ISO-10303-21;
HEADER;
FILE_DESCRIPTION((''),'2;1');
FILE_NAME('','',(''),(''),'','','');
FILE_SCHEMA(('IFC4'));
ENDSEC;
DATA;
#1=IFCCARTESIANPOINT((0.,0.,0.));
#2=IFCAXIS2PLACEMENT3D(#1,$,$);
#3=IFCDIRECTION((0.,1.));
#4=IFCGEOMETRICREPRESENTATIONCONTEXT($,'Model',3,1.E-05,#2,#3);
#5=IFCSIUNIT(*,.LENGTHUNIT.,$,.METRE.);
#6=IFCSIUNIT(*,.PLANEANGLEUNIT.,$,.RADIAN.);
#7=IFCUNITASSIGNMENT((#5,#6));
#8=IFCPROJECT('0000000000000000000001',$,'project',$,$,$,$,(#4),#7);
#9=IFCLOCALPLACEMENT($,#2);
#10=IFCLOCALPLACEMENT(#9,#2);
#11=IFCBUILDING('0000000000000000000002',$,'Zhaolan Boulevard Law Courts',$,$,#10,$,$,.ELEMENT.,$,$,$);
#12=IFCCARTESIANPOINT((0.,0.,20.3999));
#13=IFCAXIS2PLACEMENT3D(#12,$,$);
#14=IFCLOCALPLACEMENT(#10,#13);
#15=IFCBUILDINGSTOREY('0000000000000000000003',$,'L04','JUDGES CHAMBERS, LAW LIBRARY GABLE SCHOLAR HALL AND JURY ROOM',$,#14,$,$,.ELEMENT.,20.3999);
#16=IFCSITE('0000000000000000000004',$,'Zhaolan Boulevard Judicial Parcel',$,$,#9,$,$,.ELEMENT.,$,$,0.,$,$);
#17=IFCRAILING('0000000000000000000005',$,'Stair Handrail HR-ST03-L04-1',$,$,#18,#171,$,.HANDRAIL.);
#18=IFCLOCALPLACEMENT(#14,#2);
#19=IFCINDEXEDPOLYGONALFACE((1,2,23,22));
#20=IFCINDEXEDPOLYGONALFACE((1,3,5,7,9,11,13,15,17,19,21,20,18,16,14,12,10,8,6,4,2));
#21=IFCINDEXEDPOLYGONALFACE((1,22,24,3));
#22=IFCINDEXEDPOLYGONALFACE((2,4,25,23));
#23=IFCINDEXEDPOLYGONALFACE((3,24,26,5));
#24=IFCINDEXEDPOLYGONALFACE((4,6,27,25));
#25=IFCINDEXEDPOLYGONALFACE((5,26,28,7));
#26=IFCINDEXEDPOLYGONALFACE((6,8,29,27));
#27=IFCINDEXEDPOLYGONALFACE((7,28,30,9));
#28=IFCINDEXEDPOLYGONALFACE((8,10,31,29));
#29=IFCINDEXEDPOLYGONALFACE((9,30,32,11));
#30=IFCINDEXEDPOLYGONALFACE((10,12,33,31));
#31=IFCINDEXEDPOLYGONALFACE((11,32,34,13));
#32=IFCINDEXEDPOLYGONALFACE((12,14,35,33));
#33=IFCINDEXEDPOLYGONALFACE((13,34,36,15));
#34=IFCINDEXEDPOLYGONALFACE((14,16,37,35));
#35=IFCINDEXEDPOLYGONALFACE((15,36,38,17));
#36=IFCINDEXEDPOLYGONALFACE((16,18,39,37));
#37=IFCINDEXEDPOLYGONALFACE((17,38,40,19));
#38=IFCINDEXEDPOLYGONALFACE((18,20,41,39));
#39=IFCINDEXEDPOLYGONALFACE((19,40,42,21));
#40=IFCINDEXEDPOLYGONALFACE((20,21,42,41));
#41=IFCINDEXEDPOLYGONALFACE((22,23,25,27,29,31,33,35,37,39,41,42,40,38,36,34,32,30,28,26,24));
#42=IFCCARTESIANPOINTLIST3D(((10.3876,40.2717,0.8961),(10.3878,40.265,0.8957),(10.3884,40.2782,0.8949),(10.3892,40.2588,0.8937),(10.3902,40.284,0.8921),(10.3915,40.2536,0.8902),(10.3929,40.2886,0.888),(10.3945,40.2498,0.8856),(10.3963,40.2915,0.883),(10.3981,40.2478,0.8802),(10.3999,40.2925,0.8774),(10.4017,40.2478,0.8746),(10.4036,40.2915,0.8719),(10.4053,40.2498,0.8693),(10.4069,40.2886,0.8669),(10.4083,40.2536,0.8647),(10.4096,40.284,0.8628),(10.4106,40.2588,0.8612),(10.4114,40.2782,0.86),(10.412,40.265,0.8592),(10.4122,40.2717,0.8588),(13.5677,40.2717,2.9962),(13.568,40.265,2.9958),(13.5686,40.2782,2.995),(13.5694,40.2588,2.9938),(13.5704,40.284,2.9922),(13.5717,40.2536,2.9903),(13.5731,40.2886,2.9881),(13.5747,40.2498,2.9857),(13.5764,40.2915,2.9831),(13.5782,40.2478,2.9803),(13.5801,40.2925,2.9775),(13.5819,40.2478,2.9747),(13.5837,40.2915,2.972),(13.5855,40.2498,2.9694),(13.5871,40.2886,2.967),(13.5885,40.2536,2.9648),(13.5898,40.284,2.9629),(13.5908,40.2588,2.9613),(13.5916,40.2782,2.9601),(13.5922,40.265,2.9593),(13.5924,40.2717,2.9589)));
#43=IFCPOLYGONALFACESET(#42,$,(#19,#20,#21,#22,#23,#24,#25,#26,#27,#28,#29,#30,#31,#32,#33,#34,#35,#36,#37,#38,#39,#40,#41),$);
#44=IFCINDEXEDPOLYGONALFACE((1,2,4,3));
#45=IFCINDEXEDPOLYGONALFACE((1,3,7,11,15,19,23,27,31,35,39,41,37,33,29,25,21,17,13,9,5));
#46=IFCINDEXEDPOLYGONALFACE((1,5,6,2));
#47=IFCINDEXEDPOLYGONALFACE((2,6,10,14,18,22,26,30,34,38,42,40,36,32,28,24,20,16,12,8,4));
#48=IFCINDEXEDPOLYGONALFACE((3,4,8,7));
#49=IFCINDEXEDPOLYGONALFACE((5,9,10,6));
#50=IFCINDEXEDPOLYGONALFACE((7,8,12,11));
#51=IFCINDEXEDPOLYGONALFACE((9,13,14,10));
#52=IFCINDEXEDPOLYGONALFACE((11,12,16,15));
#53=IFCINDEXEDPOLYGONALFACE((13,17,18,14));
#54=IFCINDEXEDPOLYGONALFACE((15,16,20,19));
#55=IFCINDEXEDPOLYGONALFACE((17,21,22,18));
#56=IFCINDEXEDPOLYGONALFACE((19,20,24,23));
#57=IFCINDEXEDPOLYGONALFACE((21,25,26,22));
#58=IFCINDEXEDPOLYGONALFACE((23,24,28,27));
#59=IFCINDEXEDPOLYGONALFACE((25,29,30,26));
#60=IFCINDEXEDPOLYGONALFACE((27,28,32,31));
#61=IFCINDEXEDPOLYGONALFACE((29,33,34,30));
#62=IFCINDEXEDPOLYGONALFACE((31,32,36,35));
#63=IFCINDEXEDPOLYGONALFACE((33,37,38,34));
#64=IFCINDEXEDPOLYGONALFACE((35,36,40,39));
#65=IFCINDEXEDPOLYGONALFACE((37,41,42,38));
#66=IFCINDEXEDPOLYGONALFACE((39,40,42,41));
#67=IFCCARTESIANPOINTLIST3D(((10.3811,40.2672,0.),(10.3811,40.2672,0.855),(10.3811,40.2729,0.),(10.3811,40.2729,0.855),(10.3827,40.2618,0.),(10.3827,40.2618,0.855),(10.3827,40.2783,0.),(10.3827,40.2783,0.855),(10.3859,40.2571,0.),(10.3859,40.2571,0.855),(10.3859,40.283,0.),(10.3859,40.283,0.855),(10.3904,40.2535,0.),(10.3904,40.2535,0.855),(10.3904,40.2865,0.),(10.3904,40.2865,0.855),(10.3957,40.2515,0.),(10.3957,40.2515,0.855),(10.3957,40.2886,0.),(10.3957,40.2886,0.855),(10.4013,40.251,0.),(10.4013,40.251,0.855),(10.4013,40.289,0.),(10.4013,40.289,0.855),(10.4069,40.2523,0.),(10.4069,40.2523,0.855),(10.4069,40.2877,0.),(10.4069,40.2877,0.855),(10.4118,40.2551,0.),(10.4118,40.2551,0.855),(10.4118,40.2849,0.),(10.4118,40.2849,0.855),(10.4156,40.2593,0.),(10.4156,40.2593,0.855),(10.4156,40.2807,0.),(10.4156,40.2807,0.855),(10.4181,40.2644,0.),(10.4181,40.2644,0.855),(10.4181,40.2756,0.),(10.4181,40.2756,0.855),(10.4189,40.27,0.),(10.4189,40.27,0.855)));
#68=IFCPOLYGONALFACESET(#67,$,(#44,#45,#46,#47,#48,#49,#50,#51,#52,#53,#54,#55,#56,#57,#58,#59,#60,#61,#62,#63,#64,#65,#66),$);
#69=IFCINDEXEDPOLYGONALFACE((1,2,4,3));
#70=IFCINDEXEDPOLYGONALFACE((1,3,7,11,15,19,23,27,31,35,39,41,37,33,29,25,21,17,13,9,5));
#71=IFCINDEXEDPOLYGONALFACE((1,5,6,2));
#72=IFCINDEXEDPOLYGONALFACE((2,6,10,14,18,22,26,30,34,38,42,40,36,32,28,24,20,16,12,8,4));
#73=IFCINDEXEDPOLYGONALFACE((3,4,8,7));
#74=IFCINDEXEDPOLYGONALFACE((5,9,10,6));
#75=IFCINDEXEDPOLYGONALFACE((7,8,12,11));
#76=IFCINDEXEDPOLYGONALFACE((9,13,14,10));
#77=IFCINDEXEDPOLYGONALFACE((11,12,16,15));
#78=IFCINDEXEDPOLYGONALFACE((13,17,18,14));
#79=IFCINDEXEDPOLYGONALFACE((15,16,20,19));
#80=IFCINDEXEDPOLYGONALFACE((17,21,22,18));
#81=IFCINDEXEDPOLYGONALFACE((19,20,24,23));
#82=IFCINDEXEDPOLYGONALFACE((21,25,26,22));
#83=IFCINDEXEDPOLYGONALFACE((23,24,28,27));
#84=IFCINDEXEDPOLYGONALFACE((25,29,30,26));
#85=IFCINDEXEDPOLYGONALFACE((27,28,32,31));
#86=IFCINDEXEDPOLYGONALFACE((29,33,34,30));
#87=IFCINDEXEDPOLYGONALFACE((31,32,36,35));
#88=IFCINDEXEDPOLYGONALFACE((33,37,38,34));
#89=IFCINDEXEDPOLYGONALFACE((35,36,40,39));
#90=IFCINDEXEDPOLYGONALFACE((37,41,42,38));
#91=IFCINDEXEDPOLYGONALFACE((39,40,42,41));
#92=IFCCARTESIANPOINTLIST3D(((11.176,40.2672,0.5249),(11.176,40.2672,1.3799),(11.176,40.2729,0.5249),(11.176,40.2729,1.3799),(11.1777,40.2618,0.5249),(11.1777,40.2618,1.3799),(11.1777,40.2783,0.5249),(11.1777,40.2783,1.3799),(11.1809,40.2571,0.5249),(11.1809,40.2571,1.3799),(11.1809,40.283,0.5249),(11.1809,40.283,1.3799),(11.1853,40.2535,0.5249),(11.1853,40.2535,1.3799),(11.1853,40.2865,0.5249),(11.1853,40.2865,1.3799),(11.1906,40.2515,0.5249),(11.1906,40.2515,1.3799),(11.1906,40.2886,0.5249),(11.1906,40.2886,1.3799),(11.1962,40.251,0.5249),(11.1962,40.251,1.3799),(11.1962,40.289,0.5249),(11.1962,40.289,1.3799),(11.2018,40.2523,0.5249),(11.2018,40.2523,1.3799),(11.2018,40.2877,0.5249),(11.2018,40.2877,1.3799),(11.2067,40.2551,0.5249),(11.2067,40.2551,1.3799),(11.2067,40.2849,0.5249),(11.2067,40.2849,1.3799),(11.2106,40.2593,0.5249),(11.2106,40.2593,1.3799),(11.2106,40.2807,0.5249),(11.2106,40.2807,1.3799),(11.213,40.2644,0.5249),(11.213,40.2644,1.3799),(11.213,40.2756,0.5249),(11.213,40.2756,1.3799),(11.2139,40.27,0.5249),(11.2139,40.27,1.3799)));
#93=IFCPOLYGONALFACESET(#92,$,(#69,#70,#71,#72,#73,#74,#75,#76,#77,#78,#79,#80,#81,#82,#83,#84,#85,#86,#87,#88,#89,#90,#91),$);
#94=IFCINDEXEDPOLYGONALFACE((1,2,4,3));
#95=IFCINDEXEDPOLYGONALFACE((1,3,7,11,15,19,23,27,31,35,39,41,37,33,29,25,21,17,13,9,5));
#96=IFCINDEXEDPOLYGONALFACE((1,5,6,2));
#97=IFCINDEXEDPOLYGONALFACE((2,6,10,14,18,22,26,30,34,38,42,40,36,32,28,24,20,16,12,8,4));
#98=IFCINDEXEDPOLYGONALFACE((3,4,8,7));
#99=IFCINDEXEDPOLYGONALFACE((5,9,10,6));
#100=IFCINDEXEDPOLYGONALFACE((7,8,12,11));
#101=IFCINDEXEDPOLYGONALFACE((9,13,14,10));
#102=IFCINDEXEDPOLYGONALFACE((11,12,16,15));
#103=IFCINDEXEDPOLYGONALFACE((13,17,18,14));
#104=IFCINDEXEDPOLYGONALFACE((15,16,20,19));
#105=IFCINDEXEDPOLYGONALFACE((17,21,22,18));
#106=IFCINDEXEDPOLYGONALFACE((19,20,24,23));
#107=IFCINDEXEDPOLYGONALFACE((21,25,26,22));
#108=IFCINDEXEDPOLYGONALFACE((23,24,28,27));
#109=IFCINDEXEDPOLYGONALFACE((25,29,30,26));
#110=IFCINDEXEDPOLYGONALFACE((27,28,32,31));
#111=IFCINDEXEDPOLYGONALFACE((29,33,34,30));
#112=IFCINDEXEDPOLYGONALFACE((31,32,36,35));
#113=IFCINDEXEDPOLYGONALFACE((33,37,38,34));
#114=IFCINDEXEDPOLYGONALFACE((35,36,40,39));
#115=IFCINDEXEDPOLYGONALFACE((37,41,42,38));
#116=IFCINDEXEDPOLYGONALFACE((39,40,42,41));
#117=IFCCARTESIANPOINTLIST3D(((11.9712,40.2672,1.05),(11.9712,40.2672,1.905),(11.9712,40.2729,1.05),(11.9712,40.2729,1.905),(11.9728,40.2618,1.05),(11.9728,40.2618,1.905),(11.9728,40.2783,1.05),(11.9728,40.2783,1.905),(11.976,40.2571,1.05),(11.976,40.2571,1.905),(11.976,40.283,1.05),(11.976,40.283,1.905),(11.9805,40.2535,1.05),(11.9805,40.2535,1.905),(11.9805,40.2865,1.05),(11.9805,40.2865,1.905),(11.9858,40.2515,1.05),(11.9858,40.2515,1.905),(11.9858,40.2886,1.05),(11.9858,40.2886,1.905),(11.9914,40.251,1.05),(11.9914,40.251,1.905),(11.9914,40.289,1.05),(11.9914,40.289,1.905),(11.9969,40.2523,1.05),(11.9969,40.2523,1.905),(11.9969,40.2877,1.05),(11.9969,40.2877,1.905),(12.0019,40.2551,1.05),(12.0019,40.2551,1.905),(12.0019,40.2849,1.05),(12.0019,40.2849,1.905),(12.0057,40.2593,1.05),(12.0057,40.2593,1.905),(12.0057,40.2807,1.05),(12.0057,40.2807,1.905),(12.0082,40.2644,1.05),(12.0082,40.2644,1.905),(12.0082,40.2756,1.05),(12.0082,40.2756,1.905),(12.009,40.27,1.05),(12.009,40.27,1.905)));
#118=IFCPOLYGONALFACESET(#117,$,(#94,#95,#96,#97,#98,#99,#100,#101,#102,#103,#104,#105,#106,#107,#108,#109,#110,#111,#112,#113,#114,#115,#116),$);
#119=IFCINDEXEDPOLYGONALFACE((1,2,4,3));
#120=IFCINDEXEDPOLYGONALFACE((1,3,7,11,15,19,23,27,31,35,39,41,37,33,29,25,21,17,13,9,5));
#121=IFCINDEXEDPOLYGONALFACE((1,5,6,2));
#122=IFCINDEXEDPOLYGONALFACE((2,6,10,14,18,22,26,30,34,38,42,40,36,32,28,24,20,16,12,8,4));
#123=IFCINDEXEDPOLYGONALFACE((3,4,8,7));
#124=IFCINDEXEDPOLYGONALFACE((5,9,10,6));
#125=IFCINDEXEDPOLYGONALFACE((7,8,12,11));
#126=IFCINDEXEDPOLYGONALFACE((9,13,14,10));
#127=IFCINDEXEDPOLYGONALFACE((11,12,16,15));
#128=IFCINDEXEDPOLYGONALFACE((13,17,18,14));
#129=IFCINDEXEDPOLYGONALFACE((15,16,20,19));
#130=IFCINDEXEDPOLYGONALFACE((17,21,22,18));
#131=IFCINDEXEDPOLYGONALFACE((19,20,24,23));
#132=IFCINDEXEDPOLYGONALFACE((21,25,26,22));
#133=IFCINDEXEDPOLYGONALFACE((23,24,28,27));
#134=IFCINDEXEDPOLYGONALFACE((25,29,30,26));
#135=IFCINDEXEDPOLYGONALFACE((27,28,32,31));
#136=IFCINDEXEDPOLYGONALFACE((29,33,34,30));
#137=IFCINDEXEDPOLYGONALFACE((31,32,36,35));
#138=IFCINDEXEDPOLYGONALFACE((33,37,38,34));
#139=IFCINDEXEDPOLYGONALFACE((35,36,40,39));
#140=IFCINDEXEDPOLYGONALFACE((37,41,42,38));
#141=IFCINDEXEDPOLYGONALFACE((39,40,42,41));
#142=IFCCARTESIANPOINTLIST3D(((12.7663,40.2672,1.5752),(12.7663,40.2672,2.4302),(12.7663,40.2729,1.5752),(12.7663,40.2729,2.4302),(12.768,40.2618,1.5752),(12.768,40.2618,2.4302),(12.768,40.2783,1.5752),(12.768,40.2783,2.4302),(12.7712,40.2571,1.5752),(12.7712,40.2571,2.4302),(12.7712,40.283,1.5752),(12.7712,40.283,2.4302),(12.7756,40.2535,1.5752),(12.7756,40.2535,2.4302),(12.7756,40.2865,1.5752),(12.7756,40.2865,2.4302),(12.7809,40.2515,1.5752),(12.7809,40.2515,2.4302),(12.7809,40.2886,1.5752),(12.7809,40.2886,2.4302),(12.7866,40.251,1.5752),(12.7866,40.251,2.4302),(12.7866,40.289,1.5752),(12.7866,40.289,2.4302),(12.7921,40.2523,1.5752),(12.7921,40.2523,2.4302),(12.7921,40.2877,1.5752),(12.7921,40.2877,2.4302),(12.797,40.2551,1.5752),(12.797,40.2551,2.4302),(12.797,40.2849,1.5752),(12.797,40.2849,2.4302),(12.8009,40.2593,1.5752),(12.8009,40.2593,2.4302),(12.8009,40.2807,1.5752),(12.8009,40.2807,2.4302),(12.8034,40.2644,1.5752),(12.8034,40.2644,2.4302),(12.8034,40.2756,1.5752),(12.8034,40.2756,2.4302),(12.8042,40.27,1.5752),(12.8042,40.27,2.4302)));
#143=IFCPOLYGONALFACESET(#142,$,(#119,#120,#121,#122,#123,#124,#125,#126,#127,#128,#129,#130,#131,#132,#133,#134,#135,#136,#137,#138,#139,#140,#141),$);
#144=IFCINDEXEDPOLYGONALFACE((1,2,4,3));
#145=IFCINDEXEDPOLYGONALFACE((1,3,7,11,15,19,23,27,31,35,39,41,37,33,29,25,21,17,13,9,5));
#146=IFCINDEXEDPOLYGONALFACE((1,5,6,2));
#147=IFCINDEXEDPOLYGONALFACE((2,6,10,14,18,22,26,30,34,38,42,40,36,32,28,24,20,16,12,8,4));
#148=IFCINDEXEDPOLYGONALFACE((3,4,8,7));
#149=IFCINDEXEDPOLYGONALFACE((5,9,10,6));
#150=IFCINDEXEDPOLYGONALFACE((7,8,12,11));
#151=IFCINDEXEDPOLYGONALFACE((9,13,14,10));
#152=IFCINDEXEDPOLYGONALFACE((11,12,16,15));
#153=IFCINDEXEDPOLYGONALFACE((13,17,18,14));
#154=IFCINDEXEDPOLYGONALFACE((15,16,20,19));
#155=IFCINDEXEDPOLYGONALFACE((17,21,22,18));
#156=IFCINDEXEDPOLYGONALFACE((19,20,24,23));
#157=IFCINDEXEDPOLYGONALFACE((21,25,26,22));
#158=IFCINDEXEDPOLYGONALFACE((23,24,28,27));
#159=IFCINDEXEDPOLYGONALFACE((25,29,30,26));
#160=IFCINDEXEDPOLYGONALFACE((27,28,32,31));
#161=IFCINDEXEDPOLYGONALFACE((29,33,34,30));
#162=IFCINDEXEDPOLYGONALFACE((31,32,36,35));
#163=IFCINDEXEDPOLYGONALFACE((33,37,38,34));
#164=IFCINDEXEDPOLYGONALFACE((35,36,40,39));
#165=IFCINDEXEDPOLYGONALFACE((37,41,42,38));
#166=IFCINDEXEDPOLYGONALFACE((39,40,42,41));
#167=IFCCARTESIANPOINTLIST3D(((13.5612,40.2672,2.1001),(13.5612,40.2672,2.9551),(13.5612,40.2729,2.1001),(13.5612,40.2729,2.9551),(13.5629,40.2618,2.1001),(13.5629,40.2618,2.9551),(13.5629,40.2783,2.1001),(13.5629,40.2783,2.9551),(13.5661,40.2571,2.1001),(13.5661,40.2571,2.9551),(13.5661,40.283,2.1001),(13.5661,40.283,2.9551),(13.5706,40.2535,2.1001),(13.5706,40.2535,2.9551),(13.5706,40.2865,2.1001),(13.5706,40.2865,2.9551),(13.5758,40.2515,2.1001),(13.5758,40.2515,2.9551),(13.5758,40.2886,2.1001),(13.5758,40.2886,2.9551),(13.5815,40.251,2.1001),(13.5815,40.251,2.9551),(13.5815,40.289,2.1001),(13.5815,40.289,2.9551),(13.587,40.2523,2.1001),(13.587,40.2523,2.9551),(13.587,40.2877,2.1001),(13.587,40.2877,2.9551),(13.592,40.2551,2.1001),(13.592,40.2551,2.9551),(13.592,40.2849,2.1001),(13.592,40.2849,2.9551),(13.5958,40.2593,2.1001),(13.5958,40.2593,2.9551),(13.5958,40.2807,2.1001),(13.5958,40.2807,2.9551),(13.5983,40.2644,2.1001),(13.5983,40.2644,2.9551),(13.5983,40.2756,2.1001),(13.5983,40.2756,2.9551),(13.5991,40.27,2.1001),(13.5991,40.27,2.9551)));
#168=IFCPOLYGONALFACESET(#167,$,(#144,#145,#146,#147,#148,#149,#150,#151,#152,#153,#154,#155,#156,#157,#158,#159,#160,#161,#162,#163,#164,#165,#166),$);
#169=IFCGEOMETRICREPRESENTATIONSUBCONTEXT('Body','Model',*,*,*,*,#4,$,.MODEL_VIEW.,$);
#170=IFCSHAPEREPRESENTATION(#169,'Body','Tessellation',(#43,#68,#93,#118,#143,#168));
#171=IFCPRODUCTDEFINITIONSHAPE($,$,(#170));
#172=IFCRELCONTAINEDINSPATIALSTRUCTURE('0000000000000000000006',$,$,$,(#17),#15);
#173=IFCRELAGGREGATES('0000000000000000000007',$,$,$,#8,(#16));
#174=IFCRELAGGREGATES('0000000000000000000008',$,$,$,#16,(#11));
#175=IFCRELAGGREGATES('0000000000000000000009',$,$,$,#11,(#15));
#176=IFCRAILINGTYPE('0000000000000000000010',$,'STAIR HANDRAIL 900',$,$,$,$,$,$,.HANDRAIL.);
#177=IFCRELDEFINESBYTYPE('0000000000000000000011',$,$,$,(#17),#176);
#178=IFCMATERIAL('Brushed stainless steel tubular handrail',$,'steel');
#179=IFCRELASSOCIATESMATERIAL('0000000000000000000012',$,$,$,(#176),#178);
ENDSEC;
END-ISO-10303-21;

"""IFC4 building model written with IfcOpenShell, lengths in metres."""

from ifc_helpers import new_model, si_unit, direction, frame, origin, origin_2d, place, context, subcontext, project, spatial, circle, extrude, material, type_object, element, save


model = new_model("IFC4")

# Units and contexts
model_context = context("Model", 3, precision=1e-05, world=origin(), true_north=direction((0.0, 1.0)))
body_context = subcontext(model_context, "Body", "Model", "MODEL_VIEW")
ifc_project = project(units=[si_unit("LENGTHUNIT", "METRE"), si_unit("PLANEANGLEUNIT", "RADIAN")], contexts=[model_context])

# Site, building, storey
site_placement = place(None, origin())
site = spatial("IfcSite", under=ifc_project, at=site_placement, Name="Zhaolan Boulevard Judicial Parcel", CompositionType="ELEMENT", RefElevation=0.0)
building_placement = place(site_placement, origin())
building = spatial("IfcBuilding", under=site, at=building_placement, Name="Zhaolan Boulevard Law Courts", CompositionType="ELEMENT")
storey_placement = place(building_placement, frame((0.0, 0.0, 20.3999)))
storey = spatial("IfcBuildingStorey", under=building, at=storey_placement, Name="L04", Description="JUDGES CHAMBERS, LAW LIBRARY GABLE SCHOLAR HALL AND JURY ROOM", CompositionType="ELEMENT", Elevation=20.3999)

# Railing
ifc_material_1 = material(Name="Brushed stainless steel tubular handrail", Category="steel")
railing_type_1 = type_object("IfcRailingType", Name="STAIR HANDRAIL 900", PredefinedType="HANDRAIL", material=ifc_material_1)
railing_1_placement = place(storey_placement, frame((10.3999, 40.27, 0.0)))
element("IfcRailing", 1, at=railing_1_placement, inside=storey, type_object=railing_type_1, Name="Stair Handrail HR-ST03-L04-1", PredefinedType="HANDRAIL", context=body_context, shape_type="SweptSolid", body=[
    extrude(circle(Radius=0.0225, at=origin_2d()), frame((0.0, 0.0, 0.8774), z_axis=(0.834467, 0.0, 0.551058), x_axis=(0.0, 1.0, 0.0)), (0.0, 0.0, 1.0), 3.811),
    extrude(circle(Radius=0.019, at=origin_2d()), origin(), (0.0, 0.0, 1.0), 0.855),
    extrude(circle(Radius=0.019, at=origin_2d()), frame((0.7949, 0.0, 0.5249)), (0.0, 0.0, 1.0), 0.855),
    extrude(circle(Radius=0.019, at=origin_2d()), frame((1.5901, 0.0, 1.05)), (0.0, 0.0, 1.0), 0.855),
    extrude(circle(Radius=0.019, at=origin_2d()), frame((2.3853, 0.0, 1.5752)), (0.0, 0.0, 1.0), 0.855),
    extrude(circle(Radius=0.019, at=origin_2d()), frame((3.1802, 0.0, 2.1001)), (0.0, 0.0, 1.0), 0.855),
])

save(model, "model.ifc")
